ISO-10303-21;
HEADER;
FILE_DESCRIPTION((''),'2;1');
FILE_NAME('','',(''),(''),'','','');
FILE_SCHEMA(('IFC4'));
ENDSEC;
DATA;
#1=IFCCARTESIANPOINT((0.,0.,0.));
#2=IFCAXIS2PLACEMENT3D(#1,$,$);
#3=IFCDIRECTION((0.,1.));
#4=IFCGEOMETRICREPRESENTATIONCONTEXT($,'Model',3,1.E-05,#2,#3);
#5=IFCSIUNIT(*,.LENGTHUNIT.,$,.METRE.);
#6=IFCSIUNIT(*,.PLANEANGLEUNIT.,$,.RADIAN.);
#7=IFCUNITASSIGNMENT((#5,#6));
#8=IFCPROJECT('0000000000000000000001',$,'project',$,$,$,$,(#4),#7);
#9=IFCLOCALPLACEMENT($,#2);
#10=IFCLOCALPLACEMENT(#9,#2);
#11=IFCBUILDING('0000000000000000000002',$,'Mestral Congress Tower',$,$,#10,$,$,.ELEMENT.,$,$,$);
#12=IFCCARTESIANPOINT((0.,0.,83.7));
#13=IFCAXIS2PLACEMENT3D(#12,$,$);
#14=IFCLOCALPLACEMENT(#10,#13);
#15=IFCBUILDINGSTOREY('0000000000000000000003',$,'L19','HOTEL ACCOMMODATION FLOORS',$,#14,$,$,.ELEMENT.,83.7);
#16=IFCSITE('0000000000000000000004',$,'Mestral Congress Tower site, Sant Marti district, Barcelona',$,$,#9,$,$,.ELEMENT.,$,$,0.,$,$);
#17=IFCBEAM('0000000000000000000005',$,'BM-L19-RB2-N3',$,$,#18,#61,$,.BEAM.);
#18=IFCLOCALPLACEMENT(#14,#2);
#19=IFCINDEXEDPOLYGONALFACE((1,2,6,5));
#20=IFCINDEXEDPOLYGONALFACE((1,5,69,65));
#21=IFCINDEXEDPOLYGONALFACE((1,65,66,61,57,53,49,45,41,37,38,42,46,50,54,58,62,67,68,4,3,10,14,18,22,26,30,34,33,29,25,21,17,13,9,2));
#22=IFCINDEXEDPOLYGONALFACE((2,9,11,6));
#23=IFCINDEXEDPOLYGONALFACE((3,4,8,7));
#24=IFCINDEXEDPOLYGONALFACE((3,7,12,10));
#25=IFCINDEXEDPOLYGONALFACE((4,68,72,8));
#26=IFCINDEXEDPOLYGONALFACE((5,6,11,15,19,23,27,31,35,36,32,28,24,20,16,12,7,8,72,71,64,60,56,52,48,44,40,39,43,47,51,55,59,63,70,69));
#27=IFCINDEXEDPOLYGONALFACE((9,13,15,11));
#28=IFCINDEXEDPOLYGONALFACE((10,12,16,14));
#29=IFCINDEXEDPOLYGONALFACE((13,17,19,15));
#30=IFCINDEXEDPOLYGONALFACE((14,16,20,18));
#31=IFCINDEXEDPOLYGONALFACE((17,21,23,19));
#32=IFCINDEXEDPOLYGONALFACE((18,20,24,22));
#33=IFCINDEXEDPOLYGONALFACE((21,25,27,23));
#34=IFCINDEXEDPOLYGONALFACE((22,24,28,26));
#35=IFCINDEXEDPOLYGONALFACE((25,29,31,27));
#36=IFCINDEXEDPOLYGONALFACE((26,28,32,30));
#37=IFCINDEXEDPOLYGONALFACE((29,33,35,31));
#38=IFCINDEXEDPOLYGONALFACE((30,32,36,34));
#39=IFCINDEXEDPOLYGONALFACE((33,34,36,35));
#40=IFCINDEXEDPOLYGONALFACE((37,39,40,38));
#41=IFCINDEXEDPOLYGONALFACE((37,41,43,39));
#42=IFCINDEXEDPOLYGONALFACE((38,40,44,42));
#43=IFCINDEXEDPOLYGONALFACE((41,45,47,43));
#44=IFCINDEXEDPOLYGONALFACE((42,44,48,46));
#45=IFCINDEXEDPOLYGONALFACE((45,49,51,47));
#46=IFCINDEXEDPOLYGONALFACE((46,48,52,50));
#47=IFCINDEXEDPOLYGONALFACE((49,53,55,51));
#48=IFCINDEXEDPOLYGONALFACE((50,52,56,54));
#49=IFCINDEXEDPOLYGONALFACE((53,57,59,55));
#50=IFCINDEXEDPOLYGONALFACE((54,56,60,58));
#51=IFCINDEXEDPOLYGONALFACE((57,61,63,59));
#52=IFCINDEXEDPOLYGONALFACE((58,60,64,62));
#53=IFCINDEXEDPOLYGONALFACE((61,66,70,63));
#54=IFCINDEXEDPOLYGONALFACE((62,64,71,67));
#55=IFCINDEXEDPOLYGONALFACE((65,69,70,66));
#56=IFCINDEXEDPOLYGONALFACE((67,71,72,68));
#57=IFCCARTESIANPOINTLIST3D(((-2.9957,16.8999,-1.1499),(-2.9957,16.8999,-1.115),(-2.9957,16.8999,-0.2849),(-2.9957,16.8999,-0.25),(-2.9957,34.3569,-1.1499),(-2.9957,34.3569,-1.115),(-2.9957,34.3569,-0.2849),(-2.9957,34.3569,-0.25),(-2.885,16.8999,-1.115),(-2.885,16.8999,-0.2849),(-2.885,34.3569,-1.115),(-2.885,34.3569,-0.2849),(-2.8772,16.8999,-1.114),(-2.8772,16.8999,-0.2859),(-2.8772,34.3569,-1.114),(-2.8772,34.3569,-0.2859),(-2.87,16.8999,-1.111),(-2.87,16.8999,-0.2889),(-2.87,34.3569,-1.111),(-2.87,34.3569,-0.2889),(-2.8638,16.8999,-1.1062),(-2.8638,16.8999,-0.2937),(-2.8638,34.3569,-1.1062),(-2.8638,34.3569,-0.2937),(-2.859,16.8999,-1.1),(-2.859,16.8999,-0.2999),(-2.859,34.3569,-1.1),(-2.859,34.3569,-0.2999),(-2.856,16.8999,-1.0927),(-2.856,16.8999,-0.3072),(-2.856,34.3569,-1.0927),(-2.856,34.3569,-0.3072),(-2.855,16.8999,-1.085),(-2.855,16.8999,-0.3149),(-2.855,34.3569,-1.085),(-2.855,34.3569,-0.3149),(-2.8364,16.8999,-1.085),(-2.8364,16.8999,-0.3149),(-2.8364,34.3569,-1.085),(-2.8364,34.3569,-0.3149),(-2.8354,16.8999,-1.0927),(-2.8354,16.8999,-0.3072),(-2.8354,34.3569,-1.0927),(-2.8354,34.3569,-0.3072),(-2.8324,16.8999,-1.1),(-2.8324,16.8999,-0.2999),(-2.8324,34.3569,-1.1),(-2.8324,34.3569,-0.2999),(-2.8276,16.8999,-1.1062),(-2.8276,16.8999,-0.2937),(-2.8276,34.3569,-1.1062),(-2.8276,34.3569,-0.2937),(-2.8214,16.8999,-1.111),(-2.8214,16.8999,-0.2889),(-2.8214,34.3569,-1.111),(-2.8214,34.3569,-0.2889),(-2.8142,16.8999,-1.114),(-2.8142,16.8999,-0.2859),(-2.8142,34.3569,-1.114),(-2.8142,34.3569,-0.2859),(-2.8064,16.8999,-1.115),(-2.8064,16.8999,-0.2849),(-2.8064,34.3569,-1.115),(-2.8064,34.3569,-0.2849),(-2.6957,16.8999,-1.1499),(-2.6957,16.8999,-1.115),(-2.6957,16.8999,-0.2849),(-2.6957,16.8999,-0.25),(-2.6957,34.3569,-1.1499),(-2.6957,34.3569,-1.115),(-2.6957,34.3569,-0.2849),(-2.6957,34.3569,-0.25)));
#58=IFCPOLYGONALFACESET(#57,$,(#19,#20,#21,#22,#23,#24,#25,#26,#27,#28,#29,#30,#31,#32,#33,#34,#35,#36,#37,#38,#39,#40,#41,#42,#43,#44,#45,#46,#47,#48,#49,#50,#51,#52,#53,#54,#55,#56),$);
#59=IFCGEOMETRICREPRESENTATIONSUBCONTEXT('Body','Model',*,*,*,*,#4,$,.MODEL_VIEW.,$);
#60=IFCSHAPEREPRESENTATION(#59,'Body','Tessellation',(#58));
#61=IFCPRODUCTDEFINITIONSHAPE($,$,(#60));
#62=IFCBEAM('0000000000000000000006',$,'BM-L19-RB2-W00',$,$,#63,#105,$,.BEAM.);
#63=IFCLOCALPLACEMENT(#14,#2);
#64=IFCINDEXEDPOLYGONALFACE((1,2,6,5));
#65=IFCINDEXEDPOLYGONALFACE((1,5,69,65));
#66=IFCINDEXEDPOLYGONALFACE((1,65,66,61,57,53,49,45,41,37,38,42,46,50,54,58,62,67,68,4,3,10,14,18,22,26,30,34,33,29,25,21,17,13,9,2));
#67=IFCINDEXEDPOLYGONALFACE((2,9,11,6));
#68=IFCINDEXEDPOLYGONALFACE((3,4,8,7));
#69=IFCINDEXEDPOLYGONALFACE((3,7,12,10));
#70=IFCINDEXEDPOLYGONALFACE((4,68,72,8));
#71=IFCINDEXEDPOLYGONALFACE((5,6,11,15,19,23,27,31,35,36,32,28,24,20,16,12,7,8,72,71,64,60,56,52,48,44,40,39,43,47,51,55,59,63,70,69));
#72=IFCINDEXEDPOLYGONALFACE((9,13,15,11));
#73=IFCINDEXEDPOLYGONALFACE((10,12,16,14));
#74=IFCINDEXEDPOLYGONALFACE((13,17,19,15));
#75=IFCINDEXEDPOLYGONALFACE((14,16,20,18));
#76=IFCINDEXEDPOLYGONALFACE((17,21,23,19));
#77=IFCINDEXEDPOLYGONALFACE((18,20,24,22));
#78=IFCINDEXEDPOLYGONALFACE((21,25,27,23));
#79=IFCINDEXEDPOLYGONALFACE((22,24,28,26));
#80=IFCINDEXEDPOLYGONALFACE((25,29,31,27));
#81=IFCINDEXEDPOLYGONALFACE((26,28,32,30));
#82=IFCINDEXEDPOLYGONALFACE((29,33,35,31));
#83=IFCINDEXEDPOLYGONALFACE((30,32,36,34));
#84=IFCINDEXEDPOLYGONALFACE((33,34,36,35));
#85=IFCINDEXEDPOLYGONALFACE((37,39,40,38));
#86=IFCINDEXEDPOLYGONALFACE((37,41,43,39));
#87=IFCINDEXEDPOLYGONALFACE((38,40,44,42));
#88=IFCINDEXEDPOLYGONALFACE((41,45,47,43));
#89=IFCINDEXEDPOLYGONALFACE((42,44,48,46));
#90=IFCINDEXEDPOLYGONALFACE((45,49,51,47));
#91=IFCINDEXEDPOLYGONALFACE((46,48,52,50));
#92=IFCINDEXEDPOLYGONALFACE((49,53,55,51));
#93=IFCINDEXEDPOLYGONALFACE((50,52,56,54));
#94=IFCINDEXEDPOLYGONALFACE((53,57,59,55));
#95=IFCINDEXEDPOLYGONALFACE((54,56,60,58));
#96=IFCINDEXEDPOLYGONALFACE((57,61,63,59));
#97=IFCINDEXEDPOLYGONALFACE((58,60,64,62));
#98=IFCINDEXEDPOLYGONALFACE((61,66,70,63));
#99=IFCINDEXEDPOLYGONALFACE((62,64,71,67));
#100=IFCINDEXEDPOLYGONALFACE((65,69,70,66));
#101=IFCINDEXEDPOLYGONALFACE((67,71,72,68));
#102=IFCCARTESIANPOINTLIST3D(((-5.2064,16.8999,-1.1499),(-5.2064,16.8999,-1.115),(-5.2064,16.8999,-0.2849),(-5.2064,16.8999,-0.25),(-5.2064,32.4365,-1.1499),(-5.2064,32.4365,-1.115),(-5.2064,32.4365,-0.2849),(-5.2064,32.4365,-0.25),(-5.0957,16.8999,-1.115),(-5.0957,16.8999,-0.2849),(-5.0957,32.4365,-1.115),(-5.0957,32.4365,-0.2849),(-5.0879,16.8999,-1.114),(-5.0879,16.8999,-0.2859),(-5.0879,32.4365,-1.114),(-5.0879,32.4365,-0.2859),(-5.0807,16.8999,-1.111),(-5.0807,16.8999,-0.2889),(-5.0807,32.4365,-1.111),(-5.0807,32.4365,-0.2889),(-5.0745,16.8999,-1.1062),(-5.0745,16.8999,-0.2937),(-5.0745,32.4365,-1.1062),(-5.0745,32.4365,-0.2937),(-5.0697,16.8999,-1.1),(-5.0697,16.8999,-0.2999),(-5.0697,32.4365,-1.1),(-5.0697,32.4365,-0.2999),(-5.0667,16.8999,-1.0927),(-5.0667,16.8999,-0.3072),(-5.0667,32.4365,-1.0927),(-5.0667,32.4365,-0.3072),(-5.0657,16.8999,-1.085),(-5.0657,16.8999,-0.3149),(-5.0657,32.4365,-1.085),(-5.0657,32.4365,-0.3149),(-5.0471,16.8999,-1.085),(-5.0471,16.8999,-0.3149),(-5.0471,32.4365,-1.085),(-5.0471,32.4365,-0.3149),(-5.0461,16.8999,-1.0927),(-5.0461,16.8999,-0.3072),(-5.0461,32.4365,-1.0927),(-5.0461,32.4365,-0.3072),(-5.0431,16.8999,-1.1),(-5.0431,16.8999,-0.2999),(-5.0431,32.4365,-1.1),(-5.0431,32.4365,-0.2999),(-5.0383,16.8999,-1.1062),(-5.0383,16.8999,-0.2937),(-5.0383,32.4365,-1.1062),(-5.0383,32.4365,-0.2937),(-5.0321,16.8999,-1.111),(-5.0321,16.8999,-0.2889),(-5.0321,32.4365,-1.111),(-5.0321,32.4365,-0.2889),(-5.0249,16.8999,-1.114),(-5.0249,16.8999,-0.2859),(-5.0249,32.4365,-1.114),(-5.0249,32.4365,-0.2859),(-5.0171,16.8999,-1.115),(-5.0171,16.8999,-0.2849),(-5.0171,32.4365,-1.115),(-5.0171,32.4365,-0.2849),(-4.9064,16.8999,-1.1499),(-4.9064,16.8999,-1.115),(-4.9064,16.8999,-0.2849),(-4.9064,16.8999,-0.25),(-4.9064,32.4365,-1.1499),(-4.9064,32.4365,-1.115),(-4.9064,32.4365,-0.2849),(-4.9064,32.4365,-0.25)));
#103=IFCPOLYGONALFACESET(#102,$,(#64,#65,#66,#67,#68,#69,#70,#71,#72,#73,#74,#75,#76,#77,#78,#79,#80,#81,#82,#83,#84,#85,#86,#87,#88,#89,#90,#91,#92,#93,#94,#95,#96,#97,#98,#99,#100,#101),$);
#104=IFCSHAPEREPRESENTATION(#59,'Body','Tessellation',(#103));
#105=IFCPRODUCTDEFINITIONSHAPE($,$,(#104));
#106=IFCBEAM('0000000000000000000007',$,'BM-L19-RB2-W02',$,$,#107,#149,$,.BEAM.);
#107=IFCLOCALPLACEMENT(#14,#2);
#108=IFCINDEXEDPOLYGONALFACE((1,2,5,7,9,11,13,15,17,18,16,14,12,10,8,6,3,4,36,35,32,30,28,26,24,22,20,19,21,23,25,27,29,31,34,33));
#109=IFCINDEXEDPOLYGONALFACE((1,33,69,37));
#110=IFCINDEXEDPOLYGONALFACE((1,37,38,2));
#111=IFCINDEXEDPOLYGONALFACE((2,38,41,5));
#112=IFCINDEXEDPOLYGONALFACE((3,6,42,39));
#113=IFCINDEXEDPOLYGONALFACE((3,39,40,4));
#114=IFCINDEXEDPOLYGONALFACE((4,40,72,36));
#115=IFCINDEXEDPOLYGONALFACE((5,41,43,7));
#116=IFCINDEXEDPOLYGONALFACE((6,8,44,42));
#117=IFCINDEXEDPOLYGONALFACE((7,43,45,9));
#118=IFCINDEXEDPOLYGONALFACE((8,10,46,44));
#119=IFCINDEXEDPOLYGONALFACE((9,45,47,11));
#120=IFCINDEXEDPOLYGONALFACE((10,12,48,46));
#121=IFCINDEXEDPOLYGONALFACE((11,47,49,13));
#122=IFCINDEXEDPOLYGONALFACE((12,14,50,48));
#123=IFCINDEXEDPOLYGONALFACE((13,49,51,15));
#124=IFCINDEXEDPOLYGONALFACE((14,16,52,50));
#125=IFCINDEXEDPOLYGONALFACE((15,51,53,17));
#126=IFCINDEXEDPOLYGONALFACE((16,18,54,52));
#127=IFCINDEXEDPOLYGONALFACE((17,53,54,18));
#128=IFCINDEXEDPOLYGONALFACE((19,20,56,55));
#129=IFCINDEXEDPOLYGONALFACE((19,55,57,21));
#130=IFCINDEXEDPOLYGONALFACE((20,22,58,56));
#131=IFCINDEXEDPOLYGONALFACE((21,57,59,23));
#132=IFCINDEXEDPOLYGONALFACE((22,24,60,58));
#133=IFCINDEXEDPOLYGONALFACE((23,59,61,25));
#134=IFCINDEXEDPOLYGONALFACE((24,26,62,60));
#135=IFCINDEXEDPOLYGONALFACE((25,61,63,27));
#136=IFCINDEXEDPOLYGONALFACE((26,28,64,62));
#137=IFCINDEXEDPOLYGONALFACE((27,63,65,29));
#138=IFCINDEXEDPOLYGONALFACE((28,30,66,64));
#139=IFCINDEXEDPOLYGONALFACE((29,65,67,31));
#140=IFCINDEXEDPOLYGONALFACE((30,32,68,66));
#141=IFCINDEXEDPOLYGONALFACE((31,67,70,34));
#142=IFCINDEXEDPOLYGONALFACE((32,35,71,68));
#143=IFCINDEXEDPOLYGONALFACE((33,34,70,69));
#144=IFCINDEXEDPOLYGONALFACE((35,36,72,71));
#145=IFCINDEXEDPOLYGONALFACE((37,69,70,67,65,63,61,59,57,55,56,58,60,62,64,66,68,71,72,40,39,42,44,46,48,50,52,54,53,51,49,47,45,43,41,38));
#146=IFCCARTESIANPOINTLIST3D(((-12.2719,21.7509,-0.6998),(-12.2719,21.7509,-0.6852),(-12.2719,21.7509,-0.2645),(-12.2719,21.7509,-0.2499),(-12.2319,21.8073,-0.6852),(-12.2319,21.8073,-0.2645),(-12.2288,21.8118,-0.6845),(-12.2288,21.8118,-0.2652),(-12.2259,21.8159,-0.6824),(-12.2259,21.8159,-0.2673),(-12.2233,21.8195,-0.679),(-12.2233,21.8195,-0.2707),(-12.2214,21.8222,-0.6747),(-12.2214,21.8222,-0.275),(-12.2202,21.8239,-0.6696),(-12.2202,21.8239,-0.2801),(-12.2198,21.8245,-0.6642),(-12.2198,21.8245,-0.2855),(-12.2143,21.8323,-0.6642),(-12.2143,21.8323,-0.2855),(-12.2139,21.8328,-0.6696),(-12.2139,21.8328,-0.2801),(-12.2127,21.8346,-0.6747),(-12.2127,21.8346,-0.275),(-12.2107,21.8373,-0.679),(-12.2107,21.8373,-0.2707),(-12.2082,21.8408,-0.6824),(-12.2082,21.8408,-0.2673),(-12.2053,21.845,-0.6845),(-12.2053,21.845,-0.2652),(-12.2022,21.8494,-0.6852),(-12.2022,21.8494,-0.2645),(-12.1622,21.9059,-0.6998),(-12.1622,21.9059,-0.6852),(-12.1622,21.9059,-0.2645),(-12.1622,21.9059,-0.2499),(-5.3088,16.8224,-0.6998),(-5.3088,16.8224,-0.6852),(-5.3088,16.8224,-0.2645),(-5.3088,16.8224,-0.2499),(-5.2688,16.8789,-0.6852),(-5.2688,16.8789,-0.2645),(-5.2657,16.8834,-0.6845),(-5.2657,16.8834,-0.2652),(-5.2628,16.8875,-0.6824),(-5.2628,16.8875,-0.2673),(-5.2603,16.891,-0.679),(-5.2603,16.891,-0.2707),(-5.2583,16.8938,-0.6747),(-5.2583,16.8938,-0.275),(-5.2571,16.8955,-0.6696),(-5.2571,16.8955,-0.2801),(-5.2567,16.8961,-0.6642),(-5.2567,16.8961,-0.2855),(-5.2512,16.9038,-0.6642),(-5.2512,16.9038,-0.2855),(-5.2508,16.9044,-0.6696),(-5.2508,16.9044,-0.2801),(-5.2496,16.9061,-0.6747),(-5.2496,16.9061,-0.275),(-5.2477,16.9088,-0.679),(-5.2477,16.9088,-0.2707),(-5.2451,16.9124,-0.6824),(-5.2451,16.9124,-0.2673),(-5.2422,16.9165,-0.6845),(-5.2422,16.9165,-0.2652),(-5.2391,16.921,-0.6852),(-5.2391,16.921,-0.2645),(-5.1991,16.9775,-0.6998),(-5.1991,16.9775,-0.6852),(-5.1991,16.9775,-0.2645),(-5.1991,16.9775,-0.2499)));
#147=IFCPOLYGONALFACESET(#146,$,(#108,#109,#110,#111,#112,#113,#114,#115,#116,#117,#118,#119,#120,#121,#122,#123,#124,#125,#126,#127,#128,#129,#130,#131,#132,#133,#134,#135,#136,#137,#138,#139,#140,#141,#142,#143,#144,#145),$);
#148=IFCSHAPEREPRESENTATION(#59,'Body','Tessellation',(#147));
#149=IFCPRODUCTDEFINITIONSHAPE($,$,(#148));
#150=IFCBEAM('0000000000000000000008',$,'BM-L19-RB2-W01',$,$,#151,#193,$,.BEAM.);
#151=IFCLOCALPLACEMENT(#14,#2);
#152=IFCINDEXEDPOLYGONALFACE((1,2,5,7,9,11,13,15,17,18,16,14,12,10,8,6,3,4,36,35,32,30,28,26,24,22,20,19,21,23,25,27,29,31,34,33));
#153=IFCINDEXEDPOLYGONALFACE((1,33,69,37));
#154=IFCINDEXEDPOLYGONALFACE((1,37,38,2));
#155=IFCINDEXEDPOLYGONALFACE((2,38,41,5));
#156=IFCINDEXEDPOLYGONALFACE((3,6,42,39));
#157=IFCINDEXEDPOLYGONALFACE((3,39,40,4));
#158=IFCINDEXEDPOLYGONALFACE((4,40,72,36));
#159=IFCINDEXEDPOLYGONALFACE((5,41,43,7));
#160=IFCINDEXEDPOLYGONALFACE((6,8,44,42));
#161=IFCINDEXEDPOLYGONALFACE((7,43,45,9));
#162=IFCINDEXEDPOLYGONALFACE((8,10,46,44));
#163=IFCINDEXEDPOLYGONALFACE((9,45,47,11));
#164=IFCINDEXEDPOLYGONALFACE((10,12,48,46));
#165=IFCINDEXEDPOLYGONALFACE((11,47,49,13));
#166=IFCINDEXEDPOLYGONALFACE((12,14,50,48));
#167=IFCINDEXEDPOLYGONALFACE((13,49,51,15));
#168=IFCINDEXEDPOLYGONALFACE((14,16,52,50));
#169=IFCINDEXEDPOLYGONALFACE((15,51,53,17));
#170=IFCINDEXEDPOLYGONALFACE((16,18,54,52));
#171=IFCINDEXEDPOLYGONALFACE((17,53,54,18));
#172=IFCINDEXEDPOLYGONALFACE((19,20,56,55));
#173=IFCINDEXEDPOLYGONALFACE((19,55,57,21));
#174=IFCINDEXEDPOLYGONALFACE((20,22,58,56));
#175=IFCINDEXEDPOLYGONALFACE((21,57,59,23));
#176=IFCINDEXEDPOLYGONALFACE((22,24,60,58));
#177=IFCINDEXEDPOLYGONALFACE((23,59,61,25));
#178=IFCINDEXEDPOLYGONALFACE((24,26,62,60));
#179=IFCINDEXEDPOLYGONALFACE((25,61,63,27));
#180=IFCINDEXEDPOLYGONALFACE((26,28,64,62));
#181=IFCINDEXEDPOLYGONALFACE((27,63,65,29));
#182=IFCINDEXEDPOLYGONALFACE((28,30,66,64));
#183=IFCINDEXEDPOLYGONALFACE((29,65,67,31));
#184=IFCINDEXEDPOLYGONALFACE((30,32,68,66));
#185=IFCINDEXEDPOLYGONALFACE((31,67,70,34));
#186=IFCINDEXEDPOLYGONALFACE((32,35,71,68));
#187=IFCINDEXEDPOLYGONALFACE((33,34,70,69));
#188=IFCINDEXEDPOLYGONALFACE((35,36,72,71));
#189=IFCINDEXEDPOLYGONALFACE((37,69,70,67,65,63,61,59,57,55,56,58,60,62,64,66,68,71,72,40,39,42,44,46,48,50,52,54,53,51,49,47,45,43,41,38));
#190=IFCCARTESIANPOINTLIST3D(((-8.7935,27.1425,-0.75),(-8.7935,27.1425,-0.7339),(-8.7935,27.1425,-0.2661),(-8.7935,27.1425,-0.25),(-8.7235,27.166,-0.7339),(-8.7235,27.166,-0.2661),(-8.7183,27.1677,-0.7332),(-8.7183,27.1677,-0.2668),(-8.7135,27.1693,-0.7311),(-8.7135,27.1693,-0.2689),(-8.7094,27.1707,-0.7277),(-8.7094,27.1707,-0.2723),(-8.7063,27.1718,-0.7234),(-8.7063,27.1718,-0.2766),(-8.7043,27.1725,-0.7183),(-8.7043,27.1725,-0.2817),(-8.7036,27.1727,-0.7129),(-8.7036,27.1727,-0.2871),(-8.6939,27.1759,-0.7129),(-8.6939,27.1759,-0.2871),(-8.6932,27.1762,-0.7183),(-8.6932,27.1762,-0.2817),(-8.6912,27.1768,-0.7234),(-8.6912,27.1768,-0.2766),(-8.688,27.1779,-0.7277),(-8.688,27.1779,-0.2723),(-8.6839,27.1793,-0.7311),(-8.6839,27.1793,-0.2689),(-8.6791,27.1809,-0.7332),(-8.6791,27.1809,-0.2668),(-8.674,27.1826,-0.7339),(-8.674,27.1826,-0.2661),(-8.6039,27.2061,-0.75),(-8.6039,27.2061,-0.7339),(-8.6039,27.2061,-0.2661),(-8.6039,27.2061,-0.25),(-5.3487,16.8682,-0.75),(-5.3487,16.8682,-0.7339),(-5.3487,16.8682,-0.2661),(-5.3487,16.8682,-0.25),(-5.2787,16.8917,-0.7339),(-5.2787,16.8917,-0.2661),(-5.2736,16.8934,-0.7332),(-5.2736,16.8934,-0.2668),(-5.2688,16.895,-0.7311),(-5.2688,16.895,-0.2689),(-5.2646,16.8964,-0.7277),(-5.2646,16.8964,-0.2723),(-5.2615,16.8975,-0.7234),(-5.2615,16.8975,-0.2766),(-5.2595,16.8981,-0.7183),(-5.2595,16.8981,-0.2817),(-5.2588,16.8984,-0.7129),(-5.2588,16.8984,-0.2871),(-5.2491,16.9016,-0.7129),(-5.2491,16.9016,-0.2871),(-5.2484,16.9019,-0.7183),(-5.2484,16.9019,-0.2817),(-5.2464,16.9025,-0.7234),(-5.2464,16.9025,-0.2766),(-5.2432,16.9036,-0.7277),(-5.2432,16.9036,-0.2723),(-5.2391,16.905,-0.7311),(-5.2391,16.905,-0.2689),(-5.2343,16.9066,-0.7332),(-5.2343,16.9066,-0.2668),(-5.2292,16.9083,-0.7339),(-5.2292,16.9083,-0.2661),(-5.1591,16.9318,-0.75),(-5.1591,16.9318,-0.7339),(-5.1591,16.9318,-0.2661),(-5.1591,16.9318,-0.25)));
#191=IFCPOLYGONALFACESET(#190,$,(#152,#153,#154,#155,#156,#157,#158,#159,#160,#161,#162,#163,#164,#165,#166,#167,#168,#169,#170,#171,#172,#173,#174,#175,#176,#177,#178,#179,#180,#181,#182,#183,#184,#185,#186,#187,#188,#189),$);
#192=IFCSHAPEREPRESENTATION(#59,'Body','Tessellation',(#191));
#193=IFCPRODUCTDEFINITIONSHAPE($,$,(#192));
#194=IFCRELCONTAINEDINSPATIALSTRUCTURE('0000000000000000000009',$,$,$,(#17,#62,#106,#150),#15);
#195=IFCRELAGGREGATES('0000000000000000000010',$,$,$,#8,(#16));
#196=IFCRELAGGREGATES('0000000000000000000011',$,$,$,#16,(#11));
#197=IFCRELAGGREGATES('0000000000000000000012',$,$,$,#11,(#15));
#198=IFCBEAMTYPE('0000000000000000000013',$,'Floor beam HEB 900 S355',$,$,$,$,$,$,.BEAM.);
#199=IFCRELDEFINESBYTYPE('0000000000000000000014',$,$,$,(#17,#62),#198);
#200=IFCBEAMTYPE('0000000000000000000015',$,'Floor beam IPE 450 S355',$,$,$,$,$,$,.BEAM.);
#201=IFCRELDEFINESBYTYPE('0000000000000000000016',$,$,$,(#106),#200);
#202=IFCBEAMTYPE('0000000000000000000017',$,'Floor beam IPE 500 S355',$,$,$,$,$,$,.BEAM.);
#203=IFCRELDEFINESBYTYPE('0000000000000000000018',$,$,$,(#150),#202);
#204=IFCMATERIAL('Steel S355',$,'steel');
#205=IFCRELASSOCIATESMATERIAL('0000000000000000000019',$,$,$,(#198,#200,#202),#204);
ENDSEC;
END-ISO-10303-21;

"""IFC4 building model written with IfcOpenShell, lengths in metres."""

from ifc_helpers import new_model, si_unit, direction, frame, origin, origin_2d, place, context, subcontext, project, spatial, i_section, extrude, material, material_profile, profile_set, type_object, element, save


model = new_model("IFC4")

# Units and contexts
model_context = context("Model", 3, precision=1e-05, world=origin(), true_north=direction((0.0, 1.0)))
body_context = subcontext(model_context, "Body", "Model", "MODEL_VIEW")
ifc_project = project(units=[si_unit("LENGTHUNIT", "METRE"), si_unit("PLANEANGLEUNIT", "RADIAN")], contexts=[model_context])

# Site, building, storey
site_placement = place(None, origin())
site = spatial("IfcSite", under=ifc_project, at=site_placement, Name="Mestral Congress Tower site, Sant Marti district, Barcelona", CompositionType="ELEMENT", RefElevation=0.0)
building_placement = place(site_placement, origin())
building = spatial("IfcBuilding", under=site, at=building_placement, Name="Mestral Congress Tower", CompositionType="ELEMENT")
storey_placement = place(building_placement, frame((0.0, 0.0, 83.7)))
storey = spatial("IfcBuildingStorey", under=building, at=storey_placement, Name="L19", Description="HOTEL ACCOMMODATION FLOORS", CompositionType="ELEMENT", Elevation=83.7)

# Beams
ifc_material_1 = material(Name="Steel S355", Category="steel")
ifc_material_profile_1 = material_profile(ifc_material_1, i_section(OverallWidth=0.3, OverallDepth=0.8999, WebThickness=0.0186, FlangeThickness=0.0349, FilletRadius=0.03, at=origin_2d()), Name="HEB 900")
ifc_profile_set_1 = profile_set([ifc_material_profile_1], Name="Steel S355")
beam_type_1 = type_object("IfcBeamType", Name="Floor beam HEB 900 S355", PredefinedType="BEAM", material=ifc_profile_set_1)
beam_1_placement = place(storey_placement, frame((-2.8457, 34.3569, -0.7), z_axis=(0.0, -1.0, 0.0), x_axis=(1.0, 0.0, 0.0)))
element("IfcBeam", 1, at=beam_1_placement, inside=storey, type_object=beam_type_1, Name="BM-L19-RB2-N3", PredefinedType="BEAM", context=body_context, shape_type="SweptSolid", body=[
    extrude(i_section(OverallWidth=0.3, OverallDepth=0.8999, WebThickness=0.0186, FlangeThickness=0.0349, FilletRadius=0.03, at=origin_2d()), origin(), (0.0, 0.0, 1.0), 17.457),
])
beam_2_placement = place(storey_placement, frame((-5.0564, 32.4365, -0.7), z_axis=(0.0, -1.0, 0.0), x_axis=(1.0, 0.0, 0.0)))
element("IfcBeam", 2, at=beam_2_placement, inside=storey, type_object=beam_type_1, Name="BM-L19-RB2-W00", PredefinedType="BEAM", context=body_context, shape_type="SweptSolid", body=[
    extrude(i_section(OverallWidth=0.3, OverallDepth=0.8999, WebThickness=0.0186, FlangeThickness=0.0349, FilletRadius=0.03, at=origin_2d()), origin(), (0.0, 0.0, 1.0), 15.5366),
])
ifc_material_profile_2 = material_profile(ifc_material_1, i_section(OverallWidth=0.1899, OverallDepth=0.45, WebThickness=0.0095, FlangeThickness=0.0146, FilletRadius=0.021, at=origin_2d()), Name="IPE 450")
ifc_profile_set_2 = profile_set([ifc_material_profile_2], Name="Steel S355")
beam_type_2 = type_object("IfcBeamType", Name="Floor beam IPE 450 S355", PredefinedType="BEAM", material=ifc_profile_set_2)
beam_3_placement = place(storey_placement, frame((-12.217, 21.8284, -0.4749), z_axis=(0.816232, -0.577724, 0.0), x_axis=(0.577724, 0.816232, 0.0)))
element("IfcBeam", 3, at=beam_3_placement, inside=storey, type_object=beam_type_2, Name="BM-L19-RB2-W02", PredefinedType="BEAM", context=body_context, shape_type="SweptSolid", body=[
    extrude(i_section(OverallWidth=0.1899, OverallDepth=0.45, WebThickness=0.0095, FlangeThickness=0.0146, FilletRadius=0.021, at=origin_2d()), origin(), (0.0, 0.0, 1.0), 8.5308),
])
ifc_material_profile_3 = material_profile(ifc_material_1, i_section(OverallWidth=0.2, OverallDepth=0.5, WebThickness=0.0103, FlangeThickness=0.0161, FilletRadius=0.021, at=origin_2d()), Name="IPE 500")
ifc_profile_set_3 = profile_set([ifc_material_profile_3], Name="Steel S355")
beam_type_3 = type_object("IfcBeamType", Name="Floor beam IPE 500 S355", PredefinedType="BEAM", material=ifc_profile_set_3)
beam_4_placement = place(storey_placement, frame((-8.6987, 27.1743, -0.5), z_axis=(0.31789, -0.948128, 0.0), x_axis=(0.948128, 0.31789, 0.0)))
element("IfcBeam", 4, at=beam_4_placement, inside=storey, type_object=beam_type_3, Name="BM-L19-RB2-W01", PredefinedType="BEAM", context=body_context, shape_type="SweptSolid", body=[
    extrude(i_section(OverallWidth=0.2, OverallDepth=0.5, WebThickness=0.0103, FlangeThickness=0.0161, FilletRadius=0.021, at=origin_2d()), origin(), (0.0, 0.0, 1.0), 10.8364),
])

save(model, "model.ifc")
